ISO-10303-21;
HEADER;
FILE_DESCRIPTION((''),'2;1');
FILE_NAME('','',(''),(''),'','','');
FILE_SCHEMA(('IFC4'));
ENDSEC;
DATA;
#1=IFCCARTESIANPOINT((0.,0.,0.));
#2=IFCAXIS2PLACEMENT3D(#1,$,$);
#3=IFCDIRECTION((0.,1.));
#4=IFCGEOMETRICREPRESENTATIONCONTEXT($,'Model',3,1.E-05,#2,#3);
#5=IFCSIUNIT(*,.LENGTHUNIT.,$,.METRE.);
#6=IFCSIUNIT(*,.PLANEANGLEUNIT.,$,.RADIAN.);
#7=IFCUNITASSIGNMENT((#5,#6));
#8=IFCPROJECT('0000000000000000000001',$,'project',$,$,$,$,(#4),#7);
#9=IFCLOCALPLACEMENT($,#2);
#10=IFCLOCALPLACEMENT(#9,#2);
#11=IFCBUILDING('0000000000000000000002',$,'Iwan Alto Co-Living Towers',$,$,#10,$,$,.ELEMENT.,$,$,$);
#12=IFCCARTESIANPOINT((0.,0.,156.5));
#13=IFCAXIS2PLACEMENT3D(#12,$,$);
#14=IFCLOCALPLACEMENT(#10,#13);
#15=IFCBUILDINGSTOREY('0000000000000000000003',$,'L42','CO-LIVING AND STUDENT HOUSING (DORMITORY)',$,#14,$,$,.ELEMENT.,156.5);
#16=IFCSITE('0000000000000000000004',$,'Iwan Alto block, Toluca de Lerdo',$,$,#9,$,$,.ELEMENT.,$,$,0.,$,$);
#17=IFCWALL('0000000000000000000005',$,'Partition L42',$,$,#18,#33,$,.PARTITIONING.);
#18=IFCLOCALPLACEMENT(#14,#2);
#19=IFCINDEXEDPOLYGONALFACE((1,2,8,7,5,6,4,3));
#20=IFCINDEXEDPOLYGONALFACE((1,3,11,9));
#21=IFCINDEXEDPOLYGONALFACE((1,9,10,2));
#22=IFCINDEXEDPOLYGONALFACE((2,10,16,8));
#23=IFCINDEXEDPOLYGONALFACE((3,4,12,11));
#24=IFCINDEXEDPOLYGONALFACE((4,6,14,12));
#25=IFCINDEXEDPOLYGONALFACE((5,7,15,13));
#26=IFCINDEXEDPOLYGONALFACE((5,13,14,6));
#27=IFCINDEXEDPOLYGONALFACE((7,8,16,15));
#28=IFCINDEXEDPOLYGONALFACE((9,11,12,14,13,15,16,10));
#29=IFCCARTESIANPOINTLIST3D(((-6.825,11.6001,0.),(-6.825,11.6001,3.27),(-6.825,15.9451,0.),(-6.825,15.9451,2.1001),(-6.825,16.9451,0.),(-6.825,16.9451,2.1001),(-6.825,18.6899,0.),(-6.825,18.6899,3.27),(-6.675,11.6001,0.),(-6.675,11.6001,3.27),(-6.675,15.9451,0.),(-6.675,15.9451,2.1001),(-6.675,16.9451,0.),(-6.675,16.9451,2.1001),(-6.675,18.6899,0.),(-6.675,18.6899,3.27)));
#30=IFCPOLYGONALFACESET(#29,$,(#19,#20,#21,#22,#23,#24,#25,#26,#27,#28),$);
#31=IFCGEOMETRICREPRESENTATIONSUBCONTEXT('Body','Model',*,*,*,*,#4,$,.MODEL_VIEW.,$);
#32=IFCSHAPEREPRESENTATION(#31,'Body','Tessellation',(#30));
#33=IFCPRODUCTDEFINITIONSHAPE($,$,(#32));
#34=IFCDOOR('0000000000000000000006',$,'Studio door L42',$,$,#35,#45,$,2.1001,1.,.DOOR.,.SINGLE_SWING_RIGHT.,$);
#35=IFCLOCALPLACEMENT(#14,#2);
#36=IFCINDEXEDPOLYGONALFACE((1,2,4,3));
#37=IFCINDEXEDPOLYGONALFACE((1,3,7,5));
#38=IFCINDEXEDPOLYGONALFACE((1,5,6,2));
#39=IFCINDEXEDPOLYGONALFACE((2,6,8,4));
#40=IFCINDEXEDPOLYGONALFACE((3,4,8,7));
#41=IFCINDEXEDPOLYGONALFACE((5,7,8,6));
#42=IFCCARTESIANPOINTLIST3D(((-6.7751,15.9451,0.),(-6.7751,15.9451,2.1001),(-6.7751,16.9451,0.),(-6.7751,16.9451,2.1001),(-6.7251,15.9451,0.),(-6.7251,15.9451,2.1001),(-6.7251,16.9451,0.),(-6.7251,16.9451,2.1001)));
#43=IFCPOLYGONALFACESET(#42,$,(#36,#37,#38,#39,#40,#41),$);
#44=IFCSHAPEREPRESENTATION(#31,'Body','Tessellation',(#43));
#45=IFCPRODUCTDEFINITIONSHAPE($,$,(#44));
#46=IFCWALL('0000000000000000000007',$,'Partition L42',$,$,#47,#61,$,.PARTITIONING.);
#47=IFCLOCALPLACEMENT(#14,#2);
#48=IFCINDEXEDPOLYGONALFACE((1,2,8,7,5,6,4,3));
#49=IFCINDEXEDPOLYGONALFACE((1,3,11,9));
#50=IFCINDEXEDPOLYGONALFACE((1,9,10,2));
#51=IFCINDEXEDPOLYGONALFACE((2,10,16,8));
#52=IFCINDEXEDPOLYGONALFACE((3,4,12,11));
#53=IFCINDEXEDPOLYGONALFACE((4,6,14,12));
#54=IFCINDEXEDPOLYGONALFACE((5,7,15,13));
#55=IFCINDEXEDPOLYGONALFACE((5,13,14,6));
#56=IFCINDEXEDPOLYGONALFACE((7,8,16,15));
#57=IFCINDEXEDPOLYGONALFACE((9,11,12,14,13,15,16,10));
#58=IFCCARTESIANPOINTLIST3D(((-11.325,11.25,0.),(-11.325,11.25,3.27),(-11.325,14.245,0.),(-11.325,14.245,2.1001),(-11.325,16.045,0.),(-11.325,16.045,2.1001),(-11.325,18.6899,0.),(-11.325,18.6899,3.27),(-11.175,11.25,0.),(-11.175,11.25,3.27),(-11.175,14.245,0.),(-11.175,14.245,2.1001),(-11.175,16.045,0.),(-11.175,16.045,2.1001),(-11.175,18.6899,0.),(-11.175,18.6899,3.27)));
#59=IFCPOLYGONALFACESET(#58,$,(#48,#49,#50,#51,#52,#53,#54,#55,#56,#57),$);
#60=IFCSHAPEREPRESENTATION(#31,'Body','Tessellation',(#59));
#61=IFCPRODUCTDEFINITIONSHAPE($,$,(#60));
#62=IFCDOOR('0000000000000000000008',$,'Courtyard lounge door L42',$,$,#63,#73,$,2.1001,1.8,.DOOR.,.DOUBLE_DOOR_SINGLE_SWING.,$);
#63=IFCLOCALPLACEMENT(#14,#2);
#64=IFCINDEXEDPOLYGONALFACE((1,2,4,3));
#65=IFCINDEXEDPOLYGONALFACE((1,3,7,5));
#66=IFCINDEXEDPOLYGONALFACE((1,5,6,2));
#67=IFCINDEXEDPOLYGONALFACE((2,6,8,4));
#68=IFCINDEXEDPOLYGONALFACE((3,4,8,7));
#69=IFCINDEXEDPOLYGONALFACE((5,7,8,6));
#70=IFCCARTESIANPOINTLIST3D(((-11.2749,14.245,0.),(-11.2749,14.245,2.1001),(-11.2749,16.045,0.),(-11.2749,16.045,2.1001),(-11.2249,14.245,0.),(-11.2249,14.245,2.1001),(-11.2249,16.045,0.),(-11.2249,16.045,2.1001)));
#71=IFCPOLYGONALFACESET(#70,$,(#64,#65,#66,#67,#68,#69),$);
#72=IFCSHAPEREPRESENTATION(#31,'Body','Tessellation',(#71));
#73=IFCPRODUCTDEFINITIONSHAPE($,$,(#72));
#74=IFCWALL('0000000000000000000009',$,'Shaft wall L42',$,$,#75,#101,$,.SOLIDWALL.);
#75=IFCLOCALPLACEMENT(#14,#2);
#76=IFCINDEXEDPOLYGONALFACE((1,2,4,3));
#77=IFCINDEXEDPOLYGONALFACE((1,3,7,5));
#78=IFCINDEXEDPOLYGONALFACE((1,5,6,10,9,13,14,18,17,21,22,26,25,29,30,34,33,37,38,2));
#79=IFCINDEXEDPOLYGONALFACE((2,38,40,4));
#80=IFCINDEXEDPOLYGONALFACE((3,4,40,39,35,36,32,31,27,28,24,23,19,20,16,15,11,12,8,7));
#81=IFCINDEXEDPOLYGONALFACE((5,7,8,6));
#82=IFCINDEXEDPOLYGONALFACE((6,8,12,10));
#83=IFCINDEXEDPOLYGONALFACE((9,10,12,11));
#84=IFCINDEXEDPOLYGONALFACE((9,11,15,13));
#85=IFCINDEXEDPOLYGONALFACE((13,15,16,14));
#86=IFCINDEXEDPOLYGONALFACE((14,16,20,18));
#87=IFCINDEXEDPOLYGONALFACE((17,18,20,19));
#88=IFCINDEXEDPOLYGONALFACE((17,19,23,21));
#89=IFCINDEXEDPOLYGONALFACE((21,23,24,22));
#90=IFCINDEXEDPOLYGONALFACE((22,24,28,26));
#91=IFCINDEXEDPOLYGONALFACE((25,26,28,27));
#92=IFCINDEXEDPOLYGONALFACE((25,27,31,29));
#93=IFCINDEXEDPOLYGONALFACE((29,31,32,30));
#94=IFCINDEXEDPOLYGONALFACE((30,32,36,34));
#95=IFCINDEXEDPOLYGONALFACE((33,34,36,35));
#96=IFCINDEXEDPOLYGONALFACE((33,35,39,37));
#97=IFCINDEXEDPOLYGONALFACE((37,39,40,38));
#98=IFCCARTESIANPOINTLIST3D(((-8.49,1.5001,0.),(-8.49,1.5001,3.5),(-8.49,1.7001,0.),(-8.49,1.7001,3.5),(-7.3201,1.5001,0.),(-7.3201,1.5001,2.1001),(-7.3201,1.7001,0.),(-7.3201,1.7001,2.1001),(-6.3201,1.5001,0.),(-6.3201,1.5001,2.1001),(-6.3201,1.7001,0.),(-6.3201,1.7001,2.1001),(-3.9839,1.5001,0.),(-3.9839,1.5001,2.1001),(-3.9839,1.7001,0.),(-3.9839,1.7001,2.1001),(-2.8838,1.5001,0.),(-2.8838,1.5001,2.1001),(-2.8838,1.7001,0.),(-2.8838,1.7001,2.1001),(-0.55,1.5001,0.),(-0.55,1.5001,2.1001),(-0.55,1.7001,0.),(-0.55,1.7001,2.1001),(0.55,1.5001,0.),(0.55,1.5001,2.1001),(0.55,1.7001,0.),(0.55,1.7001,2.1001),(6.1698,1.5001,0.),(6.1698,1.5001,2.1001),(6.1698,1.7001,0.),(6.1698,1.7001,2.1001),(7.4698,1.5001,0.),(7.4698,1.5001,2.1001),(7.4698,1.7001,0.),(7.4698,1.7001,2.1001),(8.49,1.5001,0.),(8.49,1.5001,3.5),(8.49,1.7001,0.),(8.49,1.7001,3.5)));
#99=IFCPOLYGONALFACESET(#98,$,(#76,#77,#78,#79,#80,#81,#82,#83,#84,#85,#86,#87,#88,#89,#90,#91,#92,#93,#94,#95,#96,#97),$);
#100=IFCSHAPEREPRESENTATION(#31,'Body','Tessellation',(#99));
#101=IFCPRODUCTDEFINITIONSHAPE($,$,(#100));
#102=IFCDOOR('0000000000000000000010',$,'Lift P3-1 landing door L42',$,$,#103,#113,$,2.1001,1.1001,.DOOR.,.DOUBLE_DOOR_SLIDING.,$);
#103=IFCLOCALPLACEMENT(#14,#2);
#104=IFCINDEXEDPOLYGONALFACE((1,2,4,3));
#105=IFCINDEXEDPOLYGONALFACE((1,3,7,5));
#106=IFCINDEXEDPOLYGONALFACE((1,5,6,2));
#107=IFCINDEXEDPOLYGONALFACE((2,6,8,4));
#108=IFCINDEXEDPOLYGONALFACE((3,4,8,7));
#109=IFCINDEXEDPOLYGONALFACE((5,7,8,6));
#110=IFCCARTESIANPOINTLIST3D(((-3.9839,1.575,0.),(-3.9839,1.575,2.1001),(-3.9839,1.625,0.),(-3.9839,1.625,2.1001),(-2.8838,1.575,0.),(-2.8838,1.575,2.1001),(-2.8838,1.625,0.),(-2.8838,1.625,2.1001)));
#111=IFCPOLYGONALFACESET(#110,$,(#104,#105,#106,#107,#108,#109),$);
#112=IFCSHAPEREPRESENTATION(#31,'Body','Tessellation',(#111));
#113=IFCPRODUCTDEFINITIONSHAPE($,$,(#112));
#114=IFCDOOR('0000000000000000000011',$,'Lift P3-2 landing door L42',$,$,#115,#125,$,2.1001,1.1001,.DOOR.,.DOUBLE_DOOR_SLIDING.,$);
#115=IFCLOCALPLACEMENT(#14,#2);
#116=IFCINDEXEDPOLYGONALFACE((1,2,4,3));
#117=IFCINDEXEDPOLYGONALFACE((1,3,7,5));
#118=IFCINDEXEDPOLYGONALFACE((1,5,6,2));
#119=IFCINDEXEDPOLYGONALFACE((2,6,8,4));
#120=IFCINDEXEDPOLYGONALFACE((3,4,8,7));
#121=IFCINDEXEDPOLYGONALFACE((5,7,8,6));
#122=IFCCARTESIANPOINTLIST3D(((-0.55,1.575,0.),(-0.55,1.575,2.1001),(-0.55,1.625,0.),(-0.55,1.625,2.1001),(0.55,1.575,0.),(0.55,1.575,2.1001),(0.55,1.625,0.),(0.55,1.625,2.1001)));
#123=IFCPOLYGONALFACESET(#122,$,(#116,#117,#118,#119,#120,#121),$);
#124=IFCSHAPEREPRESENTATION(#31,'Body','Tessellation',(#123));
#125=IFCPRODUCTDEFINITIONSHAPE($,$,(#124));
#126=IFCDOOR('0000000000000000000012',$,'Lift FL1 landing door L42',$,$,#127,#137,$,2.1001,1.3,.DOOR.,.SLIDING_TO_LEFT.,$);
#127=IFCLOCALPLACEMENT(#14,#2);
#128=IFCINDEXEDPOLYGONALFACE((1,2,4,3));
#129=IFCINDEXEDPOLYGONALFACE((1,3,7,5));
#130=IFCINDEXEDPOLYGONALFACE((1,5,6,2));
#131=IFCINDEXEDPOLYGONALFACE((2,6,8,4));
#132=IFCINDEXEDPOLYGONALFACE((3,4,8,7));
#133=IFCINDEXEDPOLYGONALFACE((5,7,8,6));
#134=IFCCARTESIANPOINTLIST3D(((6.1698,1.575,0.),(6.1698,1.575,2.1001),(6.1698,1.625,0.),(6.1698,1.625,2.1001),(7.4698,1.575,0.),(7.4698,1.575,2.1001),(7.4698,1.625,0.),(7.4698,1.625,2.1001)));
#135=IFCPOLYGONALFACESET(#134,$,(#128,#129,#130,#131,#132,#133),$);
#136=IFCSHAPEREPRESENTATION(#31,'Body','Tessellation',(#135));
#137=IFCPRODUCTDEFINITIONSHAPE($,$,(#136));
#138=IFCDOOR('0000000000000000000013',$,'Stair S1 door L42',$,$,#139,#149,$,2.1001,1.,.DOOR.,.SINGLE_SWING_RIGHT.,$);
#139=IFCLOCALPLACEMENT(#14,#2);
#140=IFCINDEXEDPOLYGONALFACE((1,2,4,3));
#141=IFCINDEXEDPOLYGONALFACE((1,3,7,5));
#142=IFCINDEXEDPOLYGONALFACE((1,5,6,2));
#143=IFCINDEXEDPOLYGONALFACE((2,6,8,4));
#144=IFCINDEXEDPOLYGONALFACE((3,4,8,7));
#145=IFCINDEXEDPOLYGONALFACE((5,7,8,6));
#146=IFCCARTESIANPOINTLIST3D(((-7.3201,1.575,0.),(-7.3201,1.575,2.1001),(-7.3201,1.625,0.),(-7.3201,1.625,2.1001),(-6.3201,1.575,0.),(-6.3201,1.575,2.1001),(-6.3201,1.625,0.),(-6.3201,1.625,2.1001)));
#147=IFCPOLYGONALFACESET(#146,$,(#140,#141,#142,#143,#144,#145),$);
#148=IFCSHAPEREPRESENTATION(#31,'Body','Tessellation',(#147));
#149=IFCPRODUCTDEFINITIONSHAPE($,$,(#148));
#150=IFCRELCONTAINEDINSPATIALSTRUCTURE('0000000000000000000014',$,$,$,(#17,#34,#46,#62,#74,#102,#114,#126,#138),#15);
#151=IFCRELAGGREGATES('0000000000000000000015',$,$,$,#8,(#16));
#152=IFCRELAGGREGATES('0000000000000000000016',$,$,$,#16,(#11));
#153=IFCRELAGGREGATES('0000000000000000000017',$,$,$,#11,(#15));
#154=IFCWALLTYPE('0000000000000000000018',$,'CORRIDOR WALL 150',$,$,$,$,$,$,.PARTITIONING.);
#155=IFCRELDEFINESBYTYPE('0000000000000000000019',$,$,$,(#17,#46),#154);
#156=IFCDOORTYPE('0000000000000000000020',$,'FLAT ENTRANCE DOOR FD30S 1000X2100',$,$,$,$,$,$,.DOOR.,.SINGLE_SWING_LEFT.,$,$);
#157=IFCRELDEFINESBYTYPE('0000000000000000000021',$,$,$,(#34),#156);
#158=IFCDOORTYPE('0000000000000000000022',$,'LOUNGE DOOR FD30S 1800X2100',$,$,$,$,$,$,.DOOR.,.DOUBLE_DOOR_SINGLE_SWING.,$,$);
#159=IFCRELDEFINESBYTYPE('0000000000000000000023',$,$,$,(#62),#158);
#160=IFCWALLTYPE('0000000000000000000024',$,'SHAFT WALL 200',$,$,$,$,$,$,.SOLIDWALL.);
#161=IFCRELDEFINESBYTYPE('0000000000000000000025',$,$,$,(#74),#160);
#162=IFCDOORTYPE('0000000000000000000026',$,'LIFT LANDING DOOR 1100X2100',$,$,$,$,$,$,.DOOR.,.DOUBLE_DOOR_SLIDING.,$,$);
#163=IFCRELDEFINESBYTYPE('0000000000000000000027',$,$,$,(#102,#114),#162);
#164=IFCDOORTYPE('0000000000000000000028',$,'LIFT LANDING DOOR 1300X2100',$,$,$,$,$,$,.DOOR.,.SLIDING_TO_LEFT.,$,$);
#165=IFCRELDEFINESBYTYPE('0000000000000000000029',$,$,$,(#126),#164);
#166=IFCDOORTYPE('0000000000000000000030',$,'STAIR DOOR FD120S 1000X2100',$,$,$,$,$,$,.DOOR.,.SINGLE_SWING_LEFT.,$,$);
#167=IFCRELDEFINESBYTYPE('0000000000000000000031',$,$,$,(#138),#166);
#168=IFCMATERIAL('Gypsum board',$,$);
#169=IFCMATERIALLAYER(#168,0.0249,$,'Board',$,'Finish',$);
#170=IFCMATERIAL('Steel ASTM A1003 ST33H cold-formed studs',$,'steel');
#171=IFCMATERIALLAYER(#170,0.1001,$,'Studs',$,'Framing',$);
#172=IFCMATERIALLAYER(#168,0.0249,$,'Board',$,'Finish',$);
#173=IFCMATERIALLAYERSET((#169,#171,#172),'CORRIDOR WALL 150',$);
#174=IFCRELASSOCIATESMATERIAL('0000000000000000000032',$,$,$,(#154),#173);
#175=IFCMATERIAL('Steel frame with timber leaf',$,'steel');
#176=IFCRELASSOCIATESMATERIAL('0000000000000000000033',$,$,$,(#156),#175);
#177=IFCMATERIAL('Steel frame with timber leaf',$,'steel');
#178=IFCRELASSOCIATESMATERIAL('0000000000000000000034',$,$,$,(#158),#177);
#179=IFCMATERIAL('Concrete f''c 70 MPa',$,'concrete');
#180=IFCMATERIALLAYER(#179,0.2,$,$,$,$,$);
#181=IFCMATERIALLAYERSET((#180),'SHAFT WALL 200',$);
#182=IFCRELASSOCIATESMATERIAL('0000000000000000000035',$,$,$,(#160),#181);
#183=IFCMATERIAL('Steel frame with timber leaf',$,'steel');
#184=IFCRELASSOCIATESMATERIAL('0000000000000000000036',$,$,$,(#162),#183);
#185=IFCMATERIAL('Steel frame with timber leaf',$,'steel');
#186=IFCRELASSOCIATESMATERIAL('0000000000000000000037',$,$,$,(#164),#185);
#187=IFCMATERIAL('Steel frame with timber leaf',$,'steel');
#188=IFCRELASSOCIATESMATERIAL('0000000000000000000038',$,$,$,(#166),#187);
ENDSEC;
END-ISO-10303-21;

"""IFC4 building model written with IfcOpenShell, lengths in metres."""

from ifc_helpers import new_model, si_unit, direction, frame, frame_2d, origin, place, context, subcontext, project, spatial, rectangle, extrude, material, layer, layer_set, type_object, element, fill, save


model = new_model("IFC4")

# Units and contexts
model_context = context("Model", 3, precision=1e-05, world=origin(), true_north=direction((0.0, 1.0)))
body_context = subcontext(model_context, "Body", "Model", "MODEL_VIEW")
ifc_project = project(units=[si_unit("LENGTHUNIT", "METRE"), si_unit("PLANEANGLEUNIT", "RADIAN")], contexts=[model_context])

# Site, building, storey
site_placement = place(None, origin())
site = spatial("IfcSite", under=ifc_project, at=site_placement, Name="Iwan Alto block, Toluca de Lerdo", CompositionType="ELEMENT", RefElevation=0.0)
building_placement = place(site_placement, origin())
building = spatial("IfcBuilding", under=site, at=building_placement, Name="Iwan Alto Co-Living Towers", CompositionType="ELEMENT")
storey_placement = place(building_placement, frame((0.0, 0.0, 156.5)))
storey = spatial("IfcBuildingStorey", under=building, at=storey_placement, Name="L42", Description="CO-LIVING AND STUDENT HOUSING (DORMITORY)", CompositionType="ELEMENT", Elevation=156.5)

# Shared definitions
ifc_material_1 = material(Name="Gypsum board")
ifc_layer_1 = layer(ifc_material_1, 0.0249, Name="Board", Category="Finish")
ifc_material_2 = material(Name="Steel ASTM A1003 ST33H cold-formed studs", Category="steel")
ifc_layer_2 = layer(ifc_material_2, 0.1001, Name="Studs", Category="Framing")
ifc_layer_3 = layer(ifc_material_1, 0.0249, Name="Board", Category="Finish")
ifc_layer_set_1 = layer_set([ifc_layer_1, ifc_layer_2, ifc_layer_3], Name="CORRIDOR WALL 150")
wall_type_1 = type_object("IfcWallType", Name="CORRIDOR WALL 150", PredefinedType="PARTITIONING", material=ifc_layer_set_1)
ifc_material_3 = material(Name="Steel frame with timber leaf", Category="steel")
door_type_1 = type_object("IfcDoorType", Name="FLAT ENTRANCE DOOR FD30S 1000X2100", OperationType="SINGLE_SWING_LEFT", PredefinedType="DOOR", material=ifc_material_3)
ifc_material_4 = material(Name="Steel frame with timber leaf", Category="steel")
door_type_2 = type_object("IfcDoorType", Name="LOUNGE DOOR FD30S 1800X2100", OperationType="DOUBLE_DOOR_SINGLE_SWING", PredefinedType="DOOR", material=ifc_material_4)

# Walls, openings, doors
wall_1_placement = place(storey_placement, frame((-6.75, 11.6001, 0.0), z_axis=(0.0, 0.0, 1.0), x_axis=(0.0, 1.0, 0.0)))
wall_1 = element("IfcWall", 1, at=wall_1_placement, inside=storey, type_object=wall_type_1, Name="Partition L42", PredefinedType="PARTITIONING", context=body_context, shape_type="SweptSolid", body=[
    extrude(rectangle(XDim=7.0898, YDim=0.1499, at=frame_2d((3.5449, 0.0))), origin(), (0.0, 0.0, 1.0), 3.27),
])
opening_1_placement = place(wall_1_placement, frame((4.345, 0.0, 0.0)))
opening_1 = element("IfcOpeningElement", 2, at=opening_1_placement, cuts=wall_1, PredefinedType="OPENING", context=body_context, shape_type="SweptSolid", body=[
    extrude(rectangle(XDim=1.0, YDim=2.1001, at=frame_2d((0.5, 1.05))), frame((0.0, 0.085, 0.0), z_axis=(0.0, -1.0, 0.0), x_axis=(1.0, 0.0, 0.0)), (0.0, 0.0, 1.0), 0.1699),
])
door_1_placement = place(opening_1_placement, frame((1.0, 0.0, 0.0), z_axis=(0.0, 0.0, 1.0), x_axis=(-1.0, 0.0, 0.0)))
door_1 = element("IfcDoor", 3, at=door_1_placement, inside=storey, type_object=door_type_1, Name="Studio door L42", OperationType="SINGLE_SWING_RIGHT", OverallHeight=2.1001, OverallWidth=1.0, PredefinedType="DOOR", context=body_context, shape_type="SweptSolid", body=[
    extrude(rectangle(XDim=1.0, YDim=2.1001, at=frame_2d((0.5, 1.05))), frame((0.0, 0.0249, 0.0), z_axis=(0.0, -1.0, 0.0), x_axis=(1.0, 0.0, 0.0)), (0.0, 0.0, 1.0), 0.05),
])
fill(opening_1, door_1)
wall_2_placement = place(storey_placement, frame((-11.25, 11.25, 0.0), z_axis=(0.0, 0.0, 1.0), x_axis=(0.0, 1.0, 0.0)))
wall_2 = element("IfcWall", 4, at=wall_2_placement, inside=storey, type_object=wall_type_1, Name="Partition L42", PredefinedType="PARTITIONING", context=body_context, shape_type="SweptSolid", body=[
    extrude(rectangle(XDim=7.4399, YDim=0.1499, at=frame_2d((3.72, 0.0))), origin(), (0.0, 0.0, 1.0), 3.27),
])
opening_2_placement = place(wall_2_placement, frame((2.9951, 0.0, 0.0)))
opening_2 = element("IfcOpeningElement", 5, at=opening_2_placement, cuts=wall_2, PredefinedType="OPENING", context=body_context, shape_type="SweptSolid", body=[
    extrude(rectangle(XDim=1.8, YDim=2.1001, at=frame_2d((0.8999, 1.05))), frame((0.0, 0.085, 0.0), z_axis=(0.0, -1.0, 0.0), x_axis=(1.0, 0.0, 0.0)), (0.0, 0.0, 1.0), 0.1699),
])
door_2_placement = place(opening_2_placement, origin())
door_2 = element("IfcDoor", 6, at=door_2_placement, inside=storey, type_object=door_type_2, Name="Courtyard lounge door L42", OperationType="DOUBLE_DOOR_SINGLE_SWING", OverallHeight=2.1001, OverallWidth=1.8, PredefinedType="DOOR", context=body_context, shape_type="SweptSolid", body=[
    extrude(rectangle(XDim=1.8, YDim=2.1001, at=frame_2d((0.8999, 1.05))), frame((0.0, 0.0249, 0.0), z_axis=(0.0, -1.0, 0.0), x_axis=(1.0, 0.0, 0.0)), (0.0, 0.0, 1.0), 0.05),
])
fill(opening_2, door_2)

# Wall, openings, doors
ifc_material_5 = material(Name="Concrete f'c 70 MPa", Category="concrete")
ifc_layer_4 = layer(ifc_material_5, 0.2)
ifc_layer_set_2 = layer_set([ifc_layer_4], Name="SHAFT WALL 200")
wall_type_2 = type_object("IfcWallType", Name="SHAFT WALL 200", PredefinedType="SOLIDWALL", material=ifc_layer_set_2)
wall_3_placement = place(storey_placement, frame((-8.49, 1.6001, 0.0), z_axis=(0.0, 0.0, 1.0), x_axis=(1.0, 0.0, 0.0)))
wall_3 = element("IfcWall", 7, at=wall_3_placement, inside=storey, type_object=wall_type_2, Name="Shaft wall L42", PredefinedType="SOLIDWALL", context=body_context, shape_type="SweptSolid", body=[
    extrude(rectangle(XDim=16.98, YDim=0.2, at=frame_2d((8.49, 0.0))), origin(), (0.0, 0.0, 1.0), 3.5),
])
opening_3_placement = place(wall_3_placement, frame((1.1699, 0.0, 0.0)))
opening_3 = element("IfcOpeningElement", 8, at=opening_3_placement, cuts=wall_3, PredefinedType="OPENING", context=body_context, shape_type="SweptSolid", body=[
    extrude(rectangle(XDim=1.0, YDim=2.1001, at=frame_2d((0.5, 1.05))), frame((0.0, 0.1099, 0.0), z_axis=(0.0, -1.0, 0.0), x_axis=(1.0, 0.0, 0.0)), (0.0, 0.0, 1.0), 0.22),
])
opening_4_placement = place(wall_3_placement, frame((4.5061, 0.0, 0.0)))
opening_4 = element("IfcOpeningElement", 9, at=opening_4_placement, cuts=wall_3, PredefinedType="OPENING", context=body_context, shape_type="SweptSolid", body=[
    extrude(rectangle(XDim=1.1001, YDim=2.1001, at=frame_2d((0.55, 1.05))), frame((0.0, 0.1099, 0.0), z_axis=(0.0, -1.0, 0.0), x_axis=(1.0, 0.0, 0.0)), (0.0, 0.0, 1.0), 0.22),
])
opening_5_placement = place(wall_3_placement, frame((7.9399, 0.0, 0.0)))
opening_5 = element("IfcOpeningElement", 10, at=opening_5_placement, cuts=wall_3, PredefinedType="OPENING", context=body_context, shape_type="SweptSolid", body=[
    extrude(rectangle(XDim=1.1001, YDim=2.1001, at=frame_2d((0.55, 1.05))), frame((0.0, 0.1099, 0.0), z_axis=(0.0, -1.0, 0.0), x_axis=(1.0, 0.0, 0.0)), (0.0, 0.0, 1.0), 0.22),
])
opening_6_placement = place(wall_3_placement, frame((14.6599, 0.0, 0.0)))
opening_6 = element("IfcOpeningElement", 11, at=opening_6_placement, cuts=wall_3, PredefinedType="OPENING", context=body_context, shape_type="SweptSolid", body=[
    extrude(rectangle(XDim=1.3, YDim=2.1001, at=frame_2d((0.6499, 1.05))), frame((0.0, 0.1099, 0.0), z_axis=(0.0, -1.0, 0.0), x_axis=(1.0, 0.0, 0.0)), (0.0, 0.0, 1.0), 0.22),
])
ifc_material_6 = material(Name="Steel frame with timber leaf", Category="steel")
door_type_3 = type_object("IfcDoorType", Name="LIFT LANDING DOOR 1100X2100", OperationType="DOUBLE_DOOR_SLIDING", PredefinedType="DOOR", material=ifc_material_6)
door_3_placement = place(opening_4_placement, origin())
door_3 = element("IfcDoor", 12, at=door_3_placement, inside=storey, type_object=door_type_3, Name="Lift P3-1 landing door L42", OperationType="DOUBLE_DOOR_SLIDING", OverallHeight=2.1001, OverallWidth=1.1001, PredefinedType="DOOR", context=body_context, shape_type="SweptSolid", body=[
    extrude(rectangle(XDim=1.1001, YDim=2.1001, at=frame_2d((0.55, 1.05))), frame((0.0, 0.0249, 0.0), z_axis=(0.0, -1.0, 0.0), x_axis=(1.0, 0.0, 0.0)), (0.0, 0.0, 1.0), 0.05),
])
fill(opening_4, door_3)
door_4_placement = place(opening_5_placement, origin())
door_4 = element("IfcDoor", 13, at=door_4_placement, inside=storey, type_object=door_type_3, Name="Lift P3-2 landing door L42", OperationType="DOUBLE_DOOR_SLIDING", OverallHeight=2.1001, OverallWidth=1.1001, PredefinedType="DOOR", context=body_context, shape_type="SweptSolid", body=[
    extrude(rectangle(XDim=1.1001, YDim=2.1001, at=frame_2d((0.55, 1.05))), frame((0.0, 0.0249, 0.0), z_axis=(0.0, -1.0, 0.0), x_axis=(1.0, 0.0, 0.0)), (0.0, 0.0, 1.0), 0.05),
])
fill(opening_5, door_4)
ifc_material_7 = material(Name="Steel frame with timber leaf", Category="steel")
door_type_4 = type_object("IfcDoorType", Name="LIFT LANDING DOOR 1300X2100", OperationType="SLIDING_TO_LEFT", PredefinedType="DOOR", material=ifc_material_7)
door_5_placement = place(opening_6_placement, origin())
door_5 = element("IfcDoor", 14, at=door_5_placement, inside=storey, type_object=door_type_4, Name="Lift FL1 landing door L42", OperationType="SLIDING_TO_LEFT", OverallHeight=2.1001, OverallWidth=1.3, PredefinedType="DOOR", context=body_context, shape_type="SweptSolid", body=[
    extrude(rectangle(XDim=1.3, YDim=2.1001, at=frame_2d((0.6499, 1.05))), frame((0.0, 0.0249, 0.0), z_axis=(0.0, -1.0, 0.0), x_axis=(1.0, 0.0, 0.0)), (0.0, 0.0, 1.0), 0.05),
])
fill(opening_6, door_5)
ifc_material_8 = material(Name="Steel frame with timber leaf", Category="steel")
door_type_5 = type_object("IfcDoorType", Name="STAIR DOOR FD120S 1000X2100", OperationType="SINGLE_SWING_LEFT", PredefinedType="DOOR", material=ifc_material_8)
door_6_placement = place(opening_3_placement, origin())
door_6 = element("IfcDoor", 15, at=door_6_placement, inside=storey, type_object=door_type_5, Name="Stair S1 door L42", OperationType="SINGLE_SWING_RIGHT", OverallHeight=2.1001, OverallWidth=1.0, PredefinedType="DOOR", context=body_context, shape_type="SweptSolid", body=[
    extrude(rectangle(XDim=1.0, YDim=2.1001, at=frame_2d((0.5, 1.05))), frame((0.0, 0.0249, 0.0), z_axis=(0.0, -1.0, 0.0), x_axis=(1.0, 0.0, 0.0)), (0.0, 0.0, 1.0), 0.05),
])
fill(opening_3, door_6)

save(model, "model.ifc")
